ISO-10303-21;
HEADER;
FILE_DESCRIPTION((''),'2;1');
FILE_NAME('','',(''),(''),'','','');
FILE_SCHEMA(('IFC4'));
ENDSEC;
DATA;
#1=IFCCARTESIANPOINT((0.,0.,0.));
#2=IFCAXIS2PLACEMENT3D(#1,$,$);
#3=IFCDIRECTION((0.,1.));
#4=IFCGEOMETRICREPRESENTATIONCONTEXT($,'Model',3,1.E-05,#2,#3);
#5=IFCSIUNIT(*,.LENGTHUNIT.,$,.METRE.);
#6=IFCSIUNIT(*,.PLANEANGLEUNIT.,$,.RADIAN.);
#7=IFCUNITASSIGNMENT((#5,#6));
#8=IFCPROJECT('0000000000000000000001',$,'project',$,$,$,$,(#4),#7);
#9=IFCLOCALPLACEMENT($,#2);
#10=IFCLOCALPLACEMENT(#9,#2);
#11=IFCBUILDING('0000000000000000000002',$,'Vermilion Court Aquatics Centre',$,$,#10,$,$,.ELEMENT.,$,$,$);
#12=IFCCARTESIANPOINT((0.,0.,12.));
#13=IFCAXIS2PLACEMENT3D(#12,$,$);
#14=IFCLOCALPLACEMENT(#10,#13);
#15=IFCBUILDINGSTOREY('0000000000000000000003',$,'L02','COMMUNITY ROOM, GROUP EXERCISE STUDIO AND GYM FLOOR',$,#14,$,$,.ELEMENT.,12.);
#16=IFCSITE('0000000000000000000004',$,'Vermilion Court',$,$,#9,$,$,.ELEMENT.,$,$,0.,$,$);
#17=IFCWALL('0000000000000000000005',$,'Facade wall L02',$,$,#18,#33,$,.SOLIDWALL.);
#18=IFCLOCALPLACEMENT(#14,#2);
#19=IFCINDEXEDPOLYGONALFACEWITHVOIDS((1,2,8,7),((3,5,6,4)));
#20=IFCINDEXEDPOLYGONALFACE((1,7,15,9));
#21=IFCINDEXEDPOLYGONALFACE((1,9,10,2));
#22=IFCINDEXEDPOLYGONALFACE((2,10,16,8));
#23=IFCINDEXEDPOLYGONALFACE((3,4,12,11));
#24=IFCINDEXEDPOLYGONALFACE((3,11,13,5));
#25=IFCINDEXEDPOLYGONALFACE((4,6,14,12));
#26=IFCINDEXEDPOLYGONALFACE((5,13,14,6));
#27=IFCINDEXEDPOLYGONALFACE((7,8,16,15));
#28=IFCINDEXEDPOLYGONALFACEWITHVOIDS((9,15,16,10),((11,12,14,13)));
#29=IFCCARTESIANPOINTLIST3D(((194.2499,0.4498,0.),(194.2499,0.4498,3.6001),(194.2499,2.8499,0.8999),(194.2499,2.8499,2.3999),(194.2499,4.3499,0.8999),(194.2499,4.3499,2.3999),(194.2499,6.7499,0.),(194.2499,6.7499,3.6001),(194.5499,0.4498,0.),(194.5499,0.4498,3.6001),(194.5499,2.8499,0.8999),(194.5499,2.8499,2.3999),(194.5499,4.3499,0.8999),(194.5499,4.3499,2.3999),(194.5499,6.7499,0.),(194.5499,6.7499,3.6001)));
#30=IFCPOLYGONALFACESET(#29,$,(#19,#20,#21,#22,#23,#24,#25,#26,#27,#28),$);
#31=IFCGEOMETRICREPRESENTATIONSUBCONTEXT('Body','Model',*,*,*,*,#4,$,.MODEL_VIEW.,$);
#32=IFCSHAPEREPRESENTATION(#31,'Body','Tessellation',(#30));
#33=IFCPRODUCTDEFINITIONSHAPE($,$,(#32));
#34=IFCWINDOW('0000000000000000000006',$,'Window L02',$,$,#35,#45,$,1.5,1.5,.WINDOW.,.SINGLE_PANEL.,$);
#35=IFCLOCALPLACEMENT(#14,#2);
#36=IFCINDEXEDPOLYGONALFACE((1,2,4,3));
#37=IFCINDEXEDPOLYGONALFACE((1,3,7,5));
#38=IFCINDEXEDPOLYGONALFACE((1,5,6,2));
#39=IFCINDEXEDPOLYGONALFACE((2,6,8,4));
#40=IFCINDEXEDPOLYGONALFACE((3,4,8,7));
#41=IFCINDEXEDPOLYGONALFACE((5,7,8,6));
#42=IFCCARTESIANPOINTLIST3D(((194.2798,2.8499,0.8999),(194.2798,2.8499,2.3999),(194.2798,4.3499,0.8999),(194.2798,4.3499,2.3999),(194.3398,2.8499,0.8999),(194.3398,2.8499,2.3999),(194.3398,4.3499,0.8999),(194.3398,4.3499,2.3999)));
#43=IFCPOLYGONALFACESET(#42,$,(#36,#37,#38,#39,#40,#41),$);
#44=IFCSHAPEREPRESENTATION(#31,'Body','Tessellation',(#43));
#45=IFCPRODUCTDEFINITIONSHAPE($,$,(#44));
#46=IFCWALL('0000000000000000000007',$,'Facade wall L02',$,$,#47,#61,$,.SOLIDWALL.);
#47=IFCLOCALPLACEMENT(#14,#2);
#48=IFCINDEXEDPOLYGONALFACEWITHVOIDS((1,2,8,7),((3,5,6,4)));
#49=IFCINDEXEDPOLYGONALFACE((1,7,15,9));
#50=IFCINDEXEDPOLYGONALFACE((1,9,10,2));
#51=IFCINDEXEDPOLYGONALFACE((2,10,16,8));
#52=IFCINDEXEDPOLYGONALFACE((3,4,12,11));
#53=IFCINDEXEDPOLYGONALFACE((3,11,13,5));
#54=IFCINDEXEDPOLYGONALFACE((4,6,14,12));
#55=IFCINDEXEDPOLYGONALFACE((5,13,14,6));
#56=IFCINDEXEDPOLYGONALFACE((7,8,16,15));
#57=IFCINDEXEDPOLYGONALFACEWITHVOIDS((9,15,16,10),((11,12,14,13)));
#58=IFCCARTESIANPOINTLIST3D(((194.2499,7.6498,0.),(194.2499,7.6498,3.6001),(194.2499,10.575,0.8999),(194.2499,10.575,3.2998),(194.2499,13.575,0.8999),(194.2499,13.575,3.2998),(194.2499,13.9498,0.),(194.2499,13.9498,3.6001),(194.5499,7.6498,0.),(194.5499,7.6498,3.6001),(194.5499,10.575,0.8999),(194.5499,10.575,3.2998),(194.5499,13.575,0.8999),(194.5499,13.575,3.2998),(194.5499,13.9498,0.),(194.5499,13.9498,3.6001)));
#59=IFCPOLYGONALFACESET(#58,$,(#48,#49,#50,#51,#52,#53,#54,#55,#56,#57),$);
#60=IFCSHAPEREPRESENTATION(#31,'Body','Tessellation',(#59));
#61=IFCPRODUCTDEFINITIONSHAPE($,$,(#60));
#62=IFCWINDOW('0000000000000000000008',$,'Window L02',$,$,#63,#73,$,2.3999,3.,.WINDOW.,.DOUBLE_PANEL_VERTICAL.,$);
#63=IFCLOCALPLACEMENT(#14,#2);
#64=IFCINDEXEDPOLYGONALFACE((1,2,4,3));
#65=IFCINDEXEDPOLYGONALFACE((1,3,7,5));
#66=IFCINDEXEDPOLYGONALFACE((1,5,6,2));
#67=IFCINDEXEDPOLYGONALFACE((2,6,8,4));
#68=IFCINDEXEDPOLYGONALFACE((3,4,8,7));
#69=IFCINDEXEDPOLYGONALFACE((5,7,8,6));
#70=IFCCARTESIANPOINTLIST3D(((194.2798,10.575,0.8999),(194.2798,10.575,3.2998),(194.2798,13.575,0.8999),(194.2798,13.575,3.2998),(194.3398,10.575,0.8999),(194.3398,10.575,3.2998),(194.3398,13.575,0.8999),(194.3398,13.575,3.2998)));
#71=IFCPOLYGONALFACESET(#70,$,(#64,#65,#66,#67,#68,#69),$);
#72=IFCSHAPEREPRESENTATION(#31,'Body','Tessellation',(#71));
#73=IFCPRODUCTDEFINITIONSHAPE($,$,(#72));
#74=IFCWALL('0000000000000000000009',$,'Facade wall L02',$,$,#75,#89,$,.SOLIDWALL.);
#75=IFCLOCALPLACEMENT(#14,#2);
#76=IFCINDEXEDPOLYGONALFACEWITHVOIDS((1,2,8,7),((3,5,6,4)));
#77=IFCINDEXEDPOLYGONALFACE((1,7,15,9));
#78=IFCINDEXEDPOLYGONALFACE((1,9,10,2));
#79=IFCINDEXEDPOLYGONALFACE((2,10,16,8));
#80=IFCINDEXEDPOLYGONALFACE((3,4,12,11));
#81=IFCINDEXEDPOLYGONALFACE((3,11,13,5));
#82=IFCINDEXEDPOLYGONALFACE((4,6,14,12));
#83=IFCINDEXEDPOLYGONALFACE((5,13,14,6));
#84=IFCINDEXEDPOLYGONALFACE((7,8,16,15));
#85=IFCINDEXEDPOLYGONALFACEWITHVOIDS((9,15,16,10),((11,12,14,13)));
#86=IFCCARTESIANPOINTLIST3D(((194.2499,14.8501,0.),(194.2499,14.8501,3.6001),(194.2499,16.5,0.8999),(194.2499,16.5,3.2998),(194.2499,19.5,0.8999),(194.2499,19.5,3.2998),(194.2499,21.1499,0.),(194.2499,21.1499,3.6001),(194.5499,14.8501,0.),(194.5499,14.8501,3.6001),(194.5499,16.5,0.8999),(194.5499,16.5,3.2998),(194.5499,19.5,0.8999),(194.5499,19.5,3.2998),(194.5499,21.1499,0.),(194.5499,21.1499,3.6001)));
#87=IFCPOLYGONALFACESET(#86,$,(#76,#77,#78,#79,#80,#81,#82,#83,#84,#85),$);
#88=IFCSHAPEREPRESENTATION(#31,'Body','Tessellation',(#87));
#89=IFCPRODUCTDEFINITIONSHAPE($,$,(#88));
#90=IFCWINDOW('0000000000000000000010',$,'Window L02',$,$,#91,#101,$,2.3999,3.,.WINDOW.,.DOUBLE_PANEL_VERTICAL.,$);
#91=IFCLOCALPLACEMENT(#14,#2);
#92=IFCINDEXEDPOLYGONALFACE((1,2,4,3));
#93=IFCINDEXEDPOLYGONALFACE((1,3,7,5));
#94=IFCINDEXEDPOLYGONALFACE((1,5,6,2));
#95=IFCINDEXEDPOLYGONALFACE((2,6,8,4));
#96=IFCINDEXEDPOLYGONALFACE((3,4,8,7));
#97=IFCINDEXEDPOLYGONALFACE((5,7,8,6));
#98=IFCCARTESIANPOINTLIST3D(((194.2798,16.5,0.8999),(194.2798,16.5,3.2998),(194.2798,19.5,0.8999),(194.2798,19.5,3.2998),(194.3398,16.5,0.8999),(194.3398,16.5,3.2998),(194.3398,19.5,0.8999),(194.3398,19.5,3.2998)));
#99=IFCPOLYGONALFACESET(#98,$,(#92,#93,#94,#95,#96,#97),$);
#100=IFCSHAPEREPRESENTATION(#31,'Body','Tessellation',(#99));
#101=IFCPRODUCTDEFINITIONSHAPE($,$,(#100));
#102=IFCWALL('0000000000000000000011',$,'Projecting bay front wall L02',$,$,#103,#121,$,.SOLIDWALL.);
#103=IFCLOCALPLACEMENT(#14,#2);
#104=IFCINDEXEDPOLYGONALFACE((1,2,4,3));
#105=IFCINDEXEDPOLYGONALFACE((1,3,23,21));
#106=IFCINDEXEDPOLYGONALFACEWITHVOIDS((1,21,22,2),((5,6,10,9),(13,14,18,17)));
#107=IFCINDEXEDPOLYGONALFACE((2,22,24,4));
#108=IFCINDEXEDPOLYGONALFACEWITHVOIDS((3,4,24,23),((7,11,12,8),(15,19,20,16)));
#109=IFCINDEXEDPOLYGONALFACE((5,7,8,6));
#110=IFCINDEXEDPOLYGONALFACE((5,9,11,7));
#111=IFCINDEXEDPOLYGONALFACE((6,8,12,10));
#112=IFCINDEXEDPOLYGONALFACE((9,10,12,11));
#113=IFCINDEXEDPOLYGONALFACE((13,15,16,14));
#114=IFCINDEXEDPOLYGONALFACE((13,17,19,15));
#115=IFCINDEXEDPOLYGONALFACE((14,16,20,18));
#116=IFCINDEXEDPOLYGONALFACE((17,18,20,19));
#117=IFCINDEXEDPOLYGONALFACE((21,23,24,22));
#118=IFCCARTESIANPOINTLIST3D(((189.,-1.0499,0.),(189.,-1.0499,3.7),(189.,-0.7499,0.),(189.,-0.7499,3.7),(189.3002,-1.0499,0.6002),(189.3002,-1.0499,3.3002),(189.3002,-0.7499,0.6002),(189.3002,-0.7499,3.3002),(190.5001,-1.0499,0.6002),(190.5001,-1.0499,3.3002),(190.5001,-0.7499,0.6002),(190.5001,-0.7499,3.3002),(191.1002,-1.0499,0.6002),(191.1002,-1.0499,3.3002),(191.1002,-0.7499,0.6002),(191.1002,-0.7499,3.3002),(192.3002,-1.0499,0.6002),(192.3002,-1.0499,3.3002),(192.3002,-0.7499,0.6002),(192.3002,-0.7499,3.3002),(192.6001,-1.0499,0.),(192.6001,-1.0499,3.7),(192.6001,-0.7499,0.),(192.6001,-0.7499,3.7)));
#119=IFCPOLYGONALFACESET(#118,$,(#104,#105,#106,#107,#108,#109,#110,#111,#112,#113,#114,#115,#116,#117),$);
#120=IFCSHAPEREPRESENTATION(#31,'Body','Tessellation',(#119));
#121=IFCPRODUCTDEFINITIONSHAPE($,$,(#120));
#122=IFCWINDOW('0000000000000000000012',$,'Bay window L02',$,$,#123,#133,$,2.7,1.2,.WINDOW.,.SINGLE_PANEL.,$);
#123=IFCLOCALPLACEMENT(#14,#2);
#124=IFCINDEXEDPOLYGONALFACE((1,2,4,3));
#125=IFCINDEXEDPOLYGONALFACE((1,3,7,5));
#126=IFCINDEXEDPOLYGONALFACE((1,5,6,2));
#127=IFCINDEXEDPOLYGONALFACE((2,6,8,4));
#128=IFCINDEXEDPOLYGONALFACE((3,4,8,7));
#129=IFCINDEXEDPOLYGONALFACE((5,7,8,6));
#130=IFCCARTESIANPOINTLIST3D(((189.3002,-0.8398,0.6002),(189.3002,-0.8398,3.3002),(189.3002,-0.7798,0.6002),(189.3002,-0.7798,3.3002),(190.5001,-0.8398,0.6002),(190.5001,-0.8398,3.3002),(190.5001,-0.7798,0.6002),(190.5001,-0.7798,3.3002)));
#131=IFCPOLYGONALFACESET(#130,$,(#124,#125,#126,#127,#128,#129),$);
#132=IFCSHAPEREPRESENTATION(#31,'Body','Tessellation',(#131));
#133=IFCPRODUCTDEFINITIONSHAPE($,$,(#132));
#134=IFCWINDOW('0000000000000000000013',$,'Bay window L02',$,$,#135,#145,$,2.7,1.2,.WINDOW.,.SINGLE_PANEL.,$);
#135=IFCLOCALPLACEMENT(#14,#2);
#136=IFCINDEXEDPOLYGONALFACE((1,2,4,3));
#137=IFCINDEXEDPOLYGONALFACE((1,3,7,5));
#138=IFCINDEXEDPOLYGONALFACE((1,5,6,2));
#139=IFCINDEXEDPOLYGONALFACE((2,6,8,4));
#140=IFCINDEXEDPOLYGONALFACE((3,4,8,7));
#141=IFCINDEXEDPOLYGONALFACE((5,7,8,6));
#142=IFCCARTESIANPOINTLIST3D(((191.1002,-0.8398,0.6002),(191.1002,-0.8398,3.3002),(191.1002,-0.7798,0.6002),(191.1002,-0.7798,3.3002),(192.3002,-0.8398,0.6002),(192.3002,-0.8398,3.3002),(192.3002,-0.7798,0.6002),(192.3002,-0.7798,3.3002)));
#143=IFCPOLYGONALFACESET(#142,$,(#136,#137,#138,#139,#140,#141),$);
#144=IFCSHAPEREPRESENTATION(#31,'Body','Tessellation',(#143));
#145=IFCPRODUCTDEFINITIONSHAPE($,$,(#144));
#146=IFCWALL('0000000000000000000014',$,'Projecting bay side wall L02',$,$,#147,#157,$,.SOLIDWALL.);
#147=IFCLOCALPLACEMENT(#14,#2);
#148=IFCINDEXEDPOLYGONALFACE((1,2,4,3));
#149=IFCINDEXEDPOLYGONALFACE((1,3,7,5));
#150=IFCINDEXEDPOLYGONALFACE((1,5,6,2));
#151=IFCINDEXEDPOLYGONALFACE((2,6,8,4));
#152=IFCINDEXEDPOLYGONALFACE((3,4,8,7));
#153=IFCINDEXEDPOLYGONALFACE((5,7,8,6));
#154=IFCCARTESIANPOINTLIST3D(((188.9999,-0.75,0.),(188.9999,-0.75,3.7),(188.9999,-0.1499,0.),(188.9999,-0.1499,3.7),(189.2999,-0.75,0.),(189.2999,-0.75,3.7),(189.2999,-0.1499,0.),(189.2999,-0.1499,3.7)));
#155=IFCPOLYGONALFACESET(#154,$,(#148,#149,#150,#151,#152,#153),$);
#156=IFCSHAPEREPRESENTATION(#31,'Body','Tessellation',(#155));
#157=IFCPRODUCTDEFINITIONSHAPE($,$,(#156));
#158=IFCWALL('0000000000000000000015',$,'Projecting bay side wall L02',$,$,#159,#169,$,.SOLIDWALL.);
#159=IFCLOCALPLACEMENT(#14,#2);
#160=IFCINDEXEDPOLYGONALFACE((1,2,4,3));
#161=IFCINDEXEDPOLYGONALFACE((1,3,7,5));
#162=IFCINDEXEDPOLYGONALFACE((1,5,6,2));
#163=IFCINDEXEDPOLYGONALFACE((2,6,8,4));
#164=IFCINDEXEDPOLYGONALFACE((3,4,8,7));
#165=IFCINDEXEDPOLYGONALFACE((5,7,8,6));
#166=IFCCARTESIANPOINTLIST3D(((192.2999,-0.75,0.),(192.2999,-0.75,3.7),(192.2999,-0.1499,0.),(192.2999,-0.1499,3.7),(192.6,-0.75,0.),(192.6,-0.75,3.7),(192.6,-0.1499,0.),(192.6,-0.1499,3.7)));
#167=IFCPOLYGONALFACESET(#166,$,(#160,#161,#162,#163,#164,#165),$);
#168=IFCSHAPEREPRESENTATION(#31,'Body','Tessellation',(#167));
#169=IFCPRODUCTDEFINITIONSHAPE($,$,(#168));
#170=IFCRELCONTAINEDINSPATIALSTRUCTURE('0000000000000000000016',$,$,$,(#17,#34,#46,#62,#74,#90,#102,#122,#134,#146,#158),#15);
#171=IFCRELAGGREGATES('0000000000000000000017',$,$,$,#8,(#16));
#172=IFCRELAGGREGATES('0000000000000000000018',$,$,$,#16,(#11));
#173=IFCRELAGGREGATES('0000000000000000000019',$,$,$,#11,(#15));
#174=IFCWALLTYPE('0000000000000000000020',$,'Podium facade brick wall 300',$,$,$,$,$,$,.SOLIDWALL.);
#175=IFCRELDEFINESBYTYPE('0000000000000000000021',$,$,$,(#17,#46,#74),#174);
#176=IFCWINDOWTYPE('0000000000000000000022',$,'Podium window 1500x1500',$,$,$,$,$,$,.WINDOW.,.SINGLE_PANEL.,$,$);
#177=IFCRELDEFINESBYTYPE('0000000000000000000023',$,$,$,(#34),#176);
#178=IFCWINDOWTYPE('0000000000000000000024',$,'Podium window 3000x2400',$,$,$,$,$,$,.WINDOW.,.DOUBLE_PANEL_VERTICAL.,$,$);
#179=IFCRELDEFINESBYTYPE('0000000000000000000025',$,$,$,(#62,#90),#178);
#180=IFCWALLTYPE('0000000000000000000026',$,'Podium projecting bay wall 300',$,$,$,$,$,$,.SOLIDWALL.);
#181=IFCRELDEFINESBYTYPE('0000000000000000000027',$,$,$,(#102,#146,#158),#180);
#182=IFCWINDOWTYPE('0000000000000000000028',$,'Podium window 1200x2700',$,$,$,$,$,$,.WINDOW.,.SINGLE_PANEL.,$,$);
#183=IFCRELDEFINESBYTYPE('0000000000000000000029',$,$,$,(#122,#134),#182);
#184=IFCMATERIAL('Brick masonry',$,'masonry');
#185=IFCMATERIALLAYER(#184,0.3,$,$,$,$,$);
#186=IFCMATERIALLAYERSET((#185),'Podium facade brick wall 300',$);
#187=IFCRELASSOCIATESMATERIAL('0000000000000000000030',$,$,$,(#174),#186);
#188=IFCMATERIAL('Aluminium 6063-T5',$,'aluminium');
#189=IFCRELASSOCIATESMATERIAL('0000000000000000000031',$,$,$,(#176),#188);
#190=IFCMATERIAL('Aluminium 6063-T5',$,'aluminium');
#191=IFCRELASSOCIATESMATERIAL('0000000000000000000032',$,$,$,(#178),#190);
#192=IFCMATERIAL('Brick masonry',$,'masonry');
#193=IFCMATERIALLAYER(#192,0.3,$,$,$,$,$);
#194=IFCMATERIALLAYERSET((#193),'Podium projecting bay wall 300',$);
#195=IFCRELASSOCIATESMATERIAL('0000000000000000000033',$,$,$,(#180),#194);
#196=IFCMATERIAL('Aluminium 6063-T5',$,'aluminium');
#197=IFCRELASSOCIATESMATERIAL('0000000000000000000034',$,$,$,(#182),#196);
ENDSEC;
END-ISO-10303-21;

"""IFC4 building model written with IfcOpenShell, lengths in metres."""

from ifc_helpers import new_model, si_unit, direction, frame, frame_2d, origin, place, context, subcontext, project, spatial, rectangle, extrude, material, layer, layer_set, type_object, element, fill, save


model = new_model("IFC4")

# Units and contexts
model_context = context("Model", 3, precision=1e-05, world=origin(), true_north=direction((0.0, 1.0)))
body_context = subcontext(model_context, "Body", "Model", "MODEL_VIEW")
ifc_project = project(units=[si_unit("LENGTHUNIT", "METRE"), si_unit("PLANEANGLEUNIT", "RADIAN")], contexts=[model_context])

# Site, building, storey
site_placement = place(None, origin())
site = spatial("IfcSite", under=ifc_project, at=site_placement, Name="Vermilion Court", CompositionType="ELEMENT", RefElevation=0.0)
building_placement = place(site_placement, origin())
building = spatial("IfcBuilding", under=site, at=building_placement, Name="Vermilion Court Aquatics Centre", CompositionType="ELEMENT")
storey_placement = place(building_placement, frame((0.0, 0.0, 12.0)))
storey = spatial("IfcBuildingStorey", under=building, at=storey_placement, Name="L02", Description="COMMUNITY ROOM, GROUP EXERCISE STUDIO AND GYM FLOOR", CompositionType="ELEMENT", Elevation=12.0)

# Shared definitions
ifc_material_1 = material(Name="Brick masonry", Category="masonry")
ifc_layer_1 = layer(ifc_material_1, 0.3)
ifc_layer_set_1 = layer_set([ifc_layer_1], Name="Podium facade brick wall 300")
wall_type_1 = type_object("IfcWallType", Name="Podium facade brick wall 300", PredefinedType="SOLIDWALL", material=ifc_layer_set_1)

# Walls, openings, windows
wall_1_placement = place(storey_placement, frame((194.3999, 0.45, 0.0), z_axis=(0.0, 0.0, 1.0), x_axis=(0.0, 1.0, 0.0)))
wall_1 = element("IfcWall", 1, at=wall_1_placement, inside=storey, type_object=wall_type_1, Name="Facade wall L02", PredefinedType="SOLIDWALL", context=body_context, shape_type="SweptSolid", body=[
    extrude(rectangle(XDim=6.3, YDim=0.3, at=frame_2d((3.1499, 0.0))), origin(), (0.0, 0.0, 1.0), 3.6001),
])
opening_1_placement = place(wall_1_placement, frame((2.3999, 0.0, 0.8999)))
opening_1 = element("IfcOpeningElement", 2, at=opening_1_placement, cuts=wall_1, PredefinedType="OPENING", context=body_context, shape_type="SweptSolid", body=[
    extrude(rectangle(XDim=1.5, YDim=1.5, at=frame_2d((0.75, 0.75))), frame((0.0, 0.1599, 0.0), z_axis=(0.0, -1.0, 0.0), x_axis=(1.0, 0.0, 0.0)), (0.0, 0.0, 1.0), 0.3201),
])
ifc_material_2 = material(Name="Aluminium 6063-T5", Category="aluminium")
window_type_1 = type_object("IfcWindowType", Name="Podium window 1500x1500", PartitioningType="SINGLE_PANEL", PredefinedType="WINDOW", material=ifc_material_2)
window_1_placement = place(opening_1_placement, origin())
window_1 = element("IfcWindow", 3, at=window_1_placement, inside=storey, type_object=window_type_1, Name="Window L02", OverallHeight=1.5, OverallWidth=1.5, PartitioningType="SINGLE_PANEL", PredefinedType="WINDOW", context=body_context, shape_type="SweptSolid", body=[
    extrude(rectangle(XDim=1.5, YDim=1.5, at=frame_2d((0.75, 0.75))), frame((0.0, 0.1201, 0.0), z_axis=(0.0, -1.0, 0.0), x_axis=(1.0, 0.0, 0.0)), (0.0, 0.0, 1.0), 0.0601),
])
fill(opening_1, window_1)
wall_2_placement = place(storey_placement, frame((194.3999, 7.6499, 0.0), z_axis=(0.0, 0.0, 1.0), x_axis=(0.0, 1.0, 0.0)))
wall_2 = element("IfcWall", 4, at=wall_2_placement, inside=storey, type_object=wall_type_1, Name="Facade wall L02", PredefinedType="SOLIDWALL", context=body_context, shape_type="SweptSolid", body=[
    extrude(rectangle(XDim=6.3, YDim=0.3, at=frame_2d((3.1499, 0.0))), origin(), (0.0, 0.0, 1.0), 3.6001),
])
opening_2_placement = place(wall_2_placement, frame((2.925, 0.0, 0.8999)))
opening_2 = element("IfcOpeningElement", 5, at=opening_2_placement, cuts=wall_2, PredefinedType="OPENING", context=body_context, shape_type="SweptSolid", body=[
    extrude(rectangle(XDim=3.0, YDim=2.3999, at=frame_2d((1.5, 1.2))), frame((0.0, 0.1599, 0.0), z_axis=(0.0, -1.0, 0.0), x_axis=(1.0, 0.0, 0.0)), (0.0, 0.0, 1.0), 0.3201),
])
ifc_material_3 = material(Name="Aluminium 6063-T5", Category="aluminium")
window_type_2 = type_object("IfcWindowType", Name="Podium window 3000x2400", PartitioningType="DOUBLE_PANEL_VERTICAL", PredefinedType="WINDOW", material=ifc_material_3)
window_2_placement = place(opening_2_placement, origin())
window_2 = element("IfcWindow", 6, at=window_2_placement, inside=storey, type_object=window_type_2, Name="Window L02", OverallHeight=2.3999, OverallWidth=3.0, PartitioningType="DOUBLE_PANEL_VERTICAL", PredefinedType="WINDOW", context=body_context, shape_type="SweptSolid", body=[
    extrude(rectangle(XDim=3.0, YDim=2.3999, at=frame_2d((1.5, 1.2))), frame((0.0, 0.1201, 0.0), z_axis=(0.0, -1.0, 0.0), x_axis=(1.0, 0.0, 0.0)), (0.0, 0.0, 1.0), 0.0601),
])
fill(opening_2, window_2)
wall_3_placement = place(storey_placement, frame((194.3999, 14.8501, 0.0), z_axis=(0.0, 0.0, 1.0), x_axis=(0.0, 1.0, 0.0)))
wall_3 = element("IfcWall", 7, at=wall_3_placement, inside=storey, type_object=wall_type_1, Name="Facade wall L02", PredefinedType="SOLIDWALL", context=body_context, shape_type="SweptSolid", body=[
    extrude(rectangle(XDim=6.2998, YDim=0.3, at=frame_2d((3.1499, 0.0))), origin(), (0.0, 0.0, 1.0), 3.6001),
])
opening_3_placement = place(wall_3_placement, frame((1.6499, 0.0, 0.8999)))
opening_3 = element("IfcOpeningElement", 8, at=opening_3_placement, cuts=wall_3, PredefinedType="OPENING", context=body_context, shape_type="SweptSolid", body=[
    extrude(rectangle(XDim=3.0, YDim=2.3999, at=frame_2d((1.5, 1.2))), frame((0.0, 0.1599, 0.0), z_axis=(0.0, -1.0, 0.0), x_axis=(1.0, 0.0, 0.0)), (0.0, 0.0, 1.0), 0.3201),
])
window_3_placement = place(opening_3_placement, origin())
window_3 = element("IfcWindow", 9, at=window_3_placement, inside=storey, type_object=window_type_2, Name="Window L02", OverallHeight=2.3999, OverallWidth=3.0, PartitioningType="DOUBLE_PANEL_VERTICAL", PredefinedType="WINDOW", context=body_context, shape_type="SweptSolid", body=[
    extrude(rectangle(XDim=3.0, YDim=2.3999, at=frame_2d((1.5, 1.2))), frame((0.0, 0.1201, 0.0), z_axis=(0.0, -1.0, 0.0), x_axis=(1.0, 0.0, 0.0)), (0.0, 0.0, 1.0), 0.0601),
])
fill(opening_3, window_3)

# Wall, openings, windows
ifc_material_4 = material(Name="Brick masonry", Category="masonry")
ifc_layer_2 = layer(ifc_material_4, 0.3)
ifc_layer_set_2 = layer_set([ifc_layer_2], Name="Podium projecting bay wall 300")
wall_type_2 = type_object("IfcWallType", Name="Podium projecting bay wall 300", PredefinedType="SOLIDWALL", material=ifc_layer_set_2)
wall_4_placement = place(storey_placement, frame((189.0, -0.8999, 0.0), z_axis=(0.0, 0.0, 1.0), x_axis=(1.0, 0.0, 0.0)))
wall_4 = element("IfcWall", 10, at=wall_4_placement, inside=storey, type_object=wall_type_2, Name="Projecting bay front wall L02", PredefinedType="SOLIDWALL", context=body_context, shape_type="SweptSolid", body=[
    extrude(rectangle(XDim=3.6001, YDim=0.3, at=frame_2d((1.8, 0.0))), origin(), (0.0, 0.0, 1.0), 3.7),
])
opening_4_placement = place(wall_4_placement, frame((0.3, 0.0, 0.6001)))
opening_4 = element("IfcOpeningElement", 11, at=opening_4_placement, cuts=wall_4, PredefinedType="OPENING", context=body_context, shape_type="SweptSolid", body=[
    extrude(rectangle(XDim=1.2, YDim=2.7, at=frame_2d((0.6001, 1.3501))), frame((0.0, 0.1599, 0.0), z_axis=(0.0, -1.0, 0.0), x_axis=(1.0, 0.0, 0.0)), (0.0, 0.0, 1.0), 0.3201),
])
opening_5_placement = place(wall_4_placement, frame((2.1001, 0.0, 0.6001)))
opening_5 = element("IfcOpeningElement", 12, at=opening_5_placement, cuts=wall_4, PredefinedType="OPENING", context=body_context, shape_type="SweptSolid", body=[
    extrude(rectangle(XDim=1.2, YDim=2.7, at=frame_2d((0.6001, 1.3501))), frame((0.0, 0.1599, 0.0), z_axis=(0.0, -1.0, 0.0), x_axis=(1.0, 0.0, 0.0)), (0.0, 0.0, 1.0), 0.3201),
])
ifc_material_5 = material(Name="Aluminium 6063-T5", Category="aluminium")
window_type_3 = type_object("IfcWindowType", Name="Podium window 1200x2700", PartitioningType="SINGLE_PANEL", PredefinedType="WINDOW", material=ifc_material_5)
window_4_placement = place(opening_4_placement, origin())
window_4 = element("IfcWindow", 13, at=window_4_placement, inside=storey, type_object=window_type_3, Name="Bay window L02", OverallHeight=2.7, OverallWidth=1.2, PartitioningType="SINGLE_PANEL", PredefinedType="WINDOW", context=body_context, shape_type="SweptSolid", body=[
    extrude(rectangle(XDim=1.2, YDim=2.7, at=frame_2d((0.6001, 1.3501))), frame((0.0, 0.1201, 0.0), z_axis=(0.0, -1.0, 0.0), x_axis=(1.0, 0.0, 0.0)), (0.0, 0.0, 1.0), 0.0601),
])
fill(opening_4, window_4)
window_5_placement = place(opening_5_placement, origin())
window_5 = element("IfcWindow", 14, at=window_5_placement, inside=storey, type_object=window_type_3, Name="Bay window L02", OverallHeight=2.7, OverallWidth=1.2, PartitioningType="SINGLE_PANEL", PredefinedType="WINDOW", context=body_context, shape_type="SweptSolid", body=[
    extrude(rectangle(XDim=1.2, YDim=2.7, at=frame_2d((0.6001, 1.3501))), frame((0.0, 0.1201, 0.0), z_axis=(0.0, -1.0, 0.0), x_axis=(1.0, 0.0, 0.0)), (0.0, 0.0, 1.0), 0.0601),
])
fill(opening_5, window_5)

# Walls
for number, where, z_axis, x_axis, name in (
    (15, (189.1499, -0.75, 0.0), (0.0, 0.0, 1.0), (0.0, 1.0, 0.0), "Projecting bay side wall L02"),
    (16, (192.45, -0.75, 0.0), (0.0, 0.0, 1.0), (0.0, 1.0, 0.0), "Projecting bay side wall L02"),
):
    element("IfcWall", number, at=place(storey_placement, frame(where, z_axis=z_axis, x_axis=x_axis)), inside=storey, type_object=wall_type_2, Name=name, PredefinedType="SOLIDWALL", context=body_context, shape_type="SweptSolid", body=[
        extrude(rectangle(XDim=0.6001, YDim=0.3, at=frame_2d((0.3, 0.0))), origin(), (0.0, 0.0, 1.0), 3.7),
    ])

save(model, "model.ifc")
